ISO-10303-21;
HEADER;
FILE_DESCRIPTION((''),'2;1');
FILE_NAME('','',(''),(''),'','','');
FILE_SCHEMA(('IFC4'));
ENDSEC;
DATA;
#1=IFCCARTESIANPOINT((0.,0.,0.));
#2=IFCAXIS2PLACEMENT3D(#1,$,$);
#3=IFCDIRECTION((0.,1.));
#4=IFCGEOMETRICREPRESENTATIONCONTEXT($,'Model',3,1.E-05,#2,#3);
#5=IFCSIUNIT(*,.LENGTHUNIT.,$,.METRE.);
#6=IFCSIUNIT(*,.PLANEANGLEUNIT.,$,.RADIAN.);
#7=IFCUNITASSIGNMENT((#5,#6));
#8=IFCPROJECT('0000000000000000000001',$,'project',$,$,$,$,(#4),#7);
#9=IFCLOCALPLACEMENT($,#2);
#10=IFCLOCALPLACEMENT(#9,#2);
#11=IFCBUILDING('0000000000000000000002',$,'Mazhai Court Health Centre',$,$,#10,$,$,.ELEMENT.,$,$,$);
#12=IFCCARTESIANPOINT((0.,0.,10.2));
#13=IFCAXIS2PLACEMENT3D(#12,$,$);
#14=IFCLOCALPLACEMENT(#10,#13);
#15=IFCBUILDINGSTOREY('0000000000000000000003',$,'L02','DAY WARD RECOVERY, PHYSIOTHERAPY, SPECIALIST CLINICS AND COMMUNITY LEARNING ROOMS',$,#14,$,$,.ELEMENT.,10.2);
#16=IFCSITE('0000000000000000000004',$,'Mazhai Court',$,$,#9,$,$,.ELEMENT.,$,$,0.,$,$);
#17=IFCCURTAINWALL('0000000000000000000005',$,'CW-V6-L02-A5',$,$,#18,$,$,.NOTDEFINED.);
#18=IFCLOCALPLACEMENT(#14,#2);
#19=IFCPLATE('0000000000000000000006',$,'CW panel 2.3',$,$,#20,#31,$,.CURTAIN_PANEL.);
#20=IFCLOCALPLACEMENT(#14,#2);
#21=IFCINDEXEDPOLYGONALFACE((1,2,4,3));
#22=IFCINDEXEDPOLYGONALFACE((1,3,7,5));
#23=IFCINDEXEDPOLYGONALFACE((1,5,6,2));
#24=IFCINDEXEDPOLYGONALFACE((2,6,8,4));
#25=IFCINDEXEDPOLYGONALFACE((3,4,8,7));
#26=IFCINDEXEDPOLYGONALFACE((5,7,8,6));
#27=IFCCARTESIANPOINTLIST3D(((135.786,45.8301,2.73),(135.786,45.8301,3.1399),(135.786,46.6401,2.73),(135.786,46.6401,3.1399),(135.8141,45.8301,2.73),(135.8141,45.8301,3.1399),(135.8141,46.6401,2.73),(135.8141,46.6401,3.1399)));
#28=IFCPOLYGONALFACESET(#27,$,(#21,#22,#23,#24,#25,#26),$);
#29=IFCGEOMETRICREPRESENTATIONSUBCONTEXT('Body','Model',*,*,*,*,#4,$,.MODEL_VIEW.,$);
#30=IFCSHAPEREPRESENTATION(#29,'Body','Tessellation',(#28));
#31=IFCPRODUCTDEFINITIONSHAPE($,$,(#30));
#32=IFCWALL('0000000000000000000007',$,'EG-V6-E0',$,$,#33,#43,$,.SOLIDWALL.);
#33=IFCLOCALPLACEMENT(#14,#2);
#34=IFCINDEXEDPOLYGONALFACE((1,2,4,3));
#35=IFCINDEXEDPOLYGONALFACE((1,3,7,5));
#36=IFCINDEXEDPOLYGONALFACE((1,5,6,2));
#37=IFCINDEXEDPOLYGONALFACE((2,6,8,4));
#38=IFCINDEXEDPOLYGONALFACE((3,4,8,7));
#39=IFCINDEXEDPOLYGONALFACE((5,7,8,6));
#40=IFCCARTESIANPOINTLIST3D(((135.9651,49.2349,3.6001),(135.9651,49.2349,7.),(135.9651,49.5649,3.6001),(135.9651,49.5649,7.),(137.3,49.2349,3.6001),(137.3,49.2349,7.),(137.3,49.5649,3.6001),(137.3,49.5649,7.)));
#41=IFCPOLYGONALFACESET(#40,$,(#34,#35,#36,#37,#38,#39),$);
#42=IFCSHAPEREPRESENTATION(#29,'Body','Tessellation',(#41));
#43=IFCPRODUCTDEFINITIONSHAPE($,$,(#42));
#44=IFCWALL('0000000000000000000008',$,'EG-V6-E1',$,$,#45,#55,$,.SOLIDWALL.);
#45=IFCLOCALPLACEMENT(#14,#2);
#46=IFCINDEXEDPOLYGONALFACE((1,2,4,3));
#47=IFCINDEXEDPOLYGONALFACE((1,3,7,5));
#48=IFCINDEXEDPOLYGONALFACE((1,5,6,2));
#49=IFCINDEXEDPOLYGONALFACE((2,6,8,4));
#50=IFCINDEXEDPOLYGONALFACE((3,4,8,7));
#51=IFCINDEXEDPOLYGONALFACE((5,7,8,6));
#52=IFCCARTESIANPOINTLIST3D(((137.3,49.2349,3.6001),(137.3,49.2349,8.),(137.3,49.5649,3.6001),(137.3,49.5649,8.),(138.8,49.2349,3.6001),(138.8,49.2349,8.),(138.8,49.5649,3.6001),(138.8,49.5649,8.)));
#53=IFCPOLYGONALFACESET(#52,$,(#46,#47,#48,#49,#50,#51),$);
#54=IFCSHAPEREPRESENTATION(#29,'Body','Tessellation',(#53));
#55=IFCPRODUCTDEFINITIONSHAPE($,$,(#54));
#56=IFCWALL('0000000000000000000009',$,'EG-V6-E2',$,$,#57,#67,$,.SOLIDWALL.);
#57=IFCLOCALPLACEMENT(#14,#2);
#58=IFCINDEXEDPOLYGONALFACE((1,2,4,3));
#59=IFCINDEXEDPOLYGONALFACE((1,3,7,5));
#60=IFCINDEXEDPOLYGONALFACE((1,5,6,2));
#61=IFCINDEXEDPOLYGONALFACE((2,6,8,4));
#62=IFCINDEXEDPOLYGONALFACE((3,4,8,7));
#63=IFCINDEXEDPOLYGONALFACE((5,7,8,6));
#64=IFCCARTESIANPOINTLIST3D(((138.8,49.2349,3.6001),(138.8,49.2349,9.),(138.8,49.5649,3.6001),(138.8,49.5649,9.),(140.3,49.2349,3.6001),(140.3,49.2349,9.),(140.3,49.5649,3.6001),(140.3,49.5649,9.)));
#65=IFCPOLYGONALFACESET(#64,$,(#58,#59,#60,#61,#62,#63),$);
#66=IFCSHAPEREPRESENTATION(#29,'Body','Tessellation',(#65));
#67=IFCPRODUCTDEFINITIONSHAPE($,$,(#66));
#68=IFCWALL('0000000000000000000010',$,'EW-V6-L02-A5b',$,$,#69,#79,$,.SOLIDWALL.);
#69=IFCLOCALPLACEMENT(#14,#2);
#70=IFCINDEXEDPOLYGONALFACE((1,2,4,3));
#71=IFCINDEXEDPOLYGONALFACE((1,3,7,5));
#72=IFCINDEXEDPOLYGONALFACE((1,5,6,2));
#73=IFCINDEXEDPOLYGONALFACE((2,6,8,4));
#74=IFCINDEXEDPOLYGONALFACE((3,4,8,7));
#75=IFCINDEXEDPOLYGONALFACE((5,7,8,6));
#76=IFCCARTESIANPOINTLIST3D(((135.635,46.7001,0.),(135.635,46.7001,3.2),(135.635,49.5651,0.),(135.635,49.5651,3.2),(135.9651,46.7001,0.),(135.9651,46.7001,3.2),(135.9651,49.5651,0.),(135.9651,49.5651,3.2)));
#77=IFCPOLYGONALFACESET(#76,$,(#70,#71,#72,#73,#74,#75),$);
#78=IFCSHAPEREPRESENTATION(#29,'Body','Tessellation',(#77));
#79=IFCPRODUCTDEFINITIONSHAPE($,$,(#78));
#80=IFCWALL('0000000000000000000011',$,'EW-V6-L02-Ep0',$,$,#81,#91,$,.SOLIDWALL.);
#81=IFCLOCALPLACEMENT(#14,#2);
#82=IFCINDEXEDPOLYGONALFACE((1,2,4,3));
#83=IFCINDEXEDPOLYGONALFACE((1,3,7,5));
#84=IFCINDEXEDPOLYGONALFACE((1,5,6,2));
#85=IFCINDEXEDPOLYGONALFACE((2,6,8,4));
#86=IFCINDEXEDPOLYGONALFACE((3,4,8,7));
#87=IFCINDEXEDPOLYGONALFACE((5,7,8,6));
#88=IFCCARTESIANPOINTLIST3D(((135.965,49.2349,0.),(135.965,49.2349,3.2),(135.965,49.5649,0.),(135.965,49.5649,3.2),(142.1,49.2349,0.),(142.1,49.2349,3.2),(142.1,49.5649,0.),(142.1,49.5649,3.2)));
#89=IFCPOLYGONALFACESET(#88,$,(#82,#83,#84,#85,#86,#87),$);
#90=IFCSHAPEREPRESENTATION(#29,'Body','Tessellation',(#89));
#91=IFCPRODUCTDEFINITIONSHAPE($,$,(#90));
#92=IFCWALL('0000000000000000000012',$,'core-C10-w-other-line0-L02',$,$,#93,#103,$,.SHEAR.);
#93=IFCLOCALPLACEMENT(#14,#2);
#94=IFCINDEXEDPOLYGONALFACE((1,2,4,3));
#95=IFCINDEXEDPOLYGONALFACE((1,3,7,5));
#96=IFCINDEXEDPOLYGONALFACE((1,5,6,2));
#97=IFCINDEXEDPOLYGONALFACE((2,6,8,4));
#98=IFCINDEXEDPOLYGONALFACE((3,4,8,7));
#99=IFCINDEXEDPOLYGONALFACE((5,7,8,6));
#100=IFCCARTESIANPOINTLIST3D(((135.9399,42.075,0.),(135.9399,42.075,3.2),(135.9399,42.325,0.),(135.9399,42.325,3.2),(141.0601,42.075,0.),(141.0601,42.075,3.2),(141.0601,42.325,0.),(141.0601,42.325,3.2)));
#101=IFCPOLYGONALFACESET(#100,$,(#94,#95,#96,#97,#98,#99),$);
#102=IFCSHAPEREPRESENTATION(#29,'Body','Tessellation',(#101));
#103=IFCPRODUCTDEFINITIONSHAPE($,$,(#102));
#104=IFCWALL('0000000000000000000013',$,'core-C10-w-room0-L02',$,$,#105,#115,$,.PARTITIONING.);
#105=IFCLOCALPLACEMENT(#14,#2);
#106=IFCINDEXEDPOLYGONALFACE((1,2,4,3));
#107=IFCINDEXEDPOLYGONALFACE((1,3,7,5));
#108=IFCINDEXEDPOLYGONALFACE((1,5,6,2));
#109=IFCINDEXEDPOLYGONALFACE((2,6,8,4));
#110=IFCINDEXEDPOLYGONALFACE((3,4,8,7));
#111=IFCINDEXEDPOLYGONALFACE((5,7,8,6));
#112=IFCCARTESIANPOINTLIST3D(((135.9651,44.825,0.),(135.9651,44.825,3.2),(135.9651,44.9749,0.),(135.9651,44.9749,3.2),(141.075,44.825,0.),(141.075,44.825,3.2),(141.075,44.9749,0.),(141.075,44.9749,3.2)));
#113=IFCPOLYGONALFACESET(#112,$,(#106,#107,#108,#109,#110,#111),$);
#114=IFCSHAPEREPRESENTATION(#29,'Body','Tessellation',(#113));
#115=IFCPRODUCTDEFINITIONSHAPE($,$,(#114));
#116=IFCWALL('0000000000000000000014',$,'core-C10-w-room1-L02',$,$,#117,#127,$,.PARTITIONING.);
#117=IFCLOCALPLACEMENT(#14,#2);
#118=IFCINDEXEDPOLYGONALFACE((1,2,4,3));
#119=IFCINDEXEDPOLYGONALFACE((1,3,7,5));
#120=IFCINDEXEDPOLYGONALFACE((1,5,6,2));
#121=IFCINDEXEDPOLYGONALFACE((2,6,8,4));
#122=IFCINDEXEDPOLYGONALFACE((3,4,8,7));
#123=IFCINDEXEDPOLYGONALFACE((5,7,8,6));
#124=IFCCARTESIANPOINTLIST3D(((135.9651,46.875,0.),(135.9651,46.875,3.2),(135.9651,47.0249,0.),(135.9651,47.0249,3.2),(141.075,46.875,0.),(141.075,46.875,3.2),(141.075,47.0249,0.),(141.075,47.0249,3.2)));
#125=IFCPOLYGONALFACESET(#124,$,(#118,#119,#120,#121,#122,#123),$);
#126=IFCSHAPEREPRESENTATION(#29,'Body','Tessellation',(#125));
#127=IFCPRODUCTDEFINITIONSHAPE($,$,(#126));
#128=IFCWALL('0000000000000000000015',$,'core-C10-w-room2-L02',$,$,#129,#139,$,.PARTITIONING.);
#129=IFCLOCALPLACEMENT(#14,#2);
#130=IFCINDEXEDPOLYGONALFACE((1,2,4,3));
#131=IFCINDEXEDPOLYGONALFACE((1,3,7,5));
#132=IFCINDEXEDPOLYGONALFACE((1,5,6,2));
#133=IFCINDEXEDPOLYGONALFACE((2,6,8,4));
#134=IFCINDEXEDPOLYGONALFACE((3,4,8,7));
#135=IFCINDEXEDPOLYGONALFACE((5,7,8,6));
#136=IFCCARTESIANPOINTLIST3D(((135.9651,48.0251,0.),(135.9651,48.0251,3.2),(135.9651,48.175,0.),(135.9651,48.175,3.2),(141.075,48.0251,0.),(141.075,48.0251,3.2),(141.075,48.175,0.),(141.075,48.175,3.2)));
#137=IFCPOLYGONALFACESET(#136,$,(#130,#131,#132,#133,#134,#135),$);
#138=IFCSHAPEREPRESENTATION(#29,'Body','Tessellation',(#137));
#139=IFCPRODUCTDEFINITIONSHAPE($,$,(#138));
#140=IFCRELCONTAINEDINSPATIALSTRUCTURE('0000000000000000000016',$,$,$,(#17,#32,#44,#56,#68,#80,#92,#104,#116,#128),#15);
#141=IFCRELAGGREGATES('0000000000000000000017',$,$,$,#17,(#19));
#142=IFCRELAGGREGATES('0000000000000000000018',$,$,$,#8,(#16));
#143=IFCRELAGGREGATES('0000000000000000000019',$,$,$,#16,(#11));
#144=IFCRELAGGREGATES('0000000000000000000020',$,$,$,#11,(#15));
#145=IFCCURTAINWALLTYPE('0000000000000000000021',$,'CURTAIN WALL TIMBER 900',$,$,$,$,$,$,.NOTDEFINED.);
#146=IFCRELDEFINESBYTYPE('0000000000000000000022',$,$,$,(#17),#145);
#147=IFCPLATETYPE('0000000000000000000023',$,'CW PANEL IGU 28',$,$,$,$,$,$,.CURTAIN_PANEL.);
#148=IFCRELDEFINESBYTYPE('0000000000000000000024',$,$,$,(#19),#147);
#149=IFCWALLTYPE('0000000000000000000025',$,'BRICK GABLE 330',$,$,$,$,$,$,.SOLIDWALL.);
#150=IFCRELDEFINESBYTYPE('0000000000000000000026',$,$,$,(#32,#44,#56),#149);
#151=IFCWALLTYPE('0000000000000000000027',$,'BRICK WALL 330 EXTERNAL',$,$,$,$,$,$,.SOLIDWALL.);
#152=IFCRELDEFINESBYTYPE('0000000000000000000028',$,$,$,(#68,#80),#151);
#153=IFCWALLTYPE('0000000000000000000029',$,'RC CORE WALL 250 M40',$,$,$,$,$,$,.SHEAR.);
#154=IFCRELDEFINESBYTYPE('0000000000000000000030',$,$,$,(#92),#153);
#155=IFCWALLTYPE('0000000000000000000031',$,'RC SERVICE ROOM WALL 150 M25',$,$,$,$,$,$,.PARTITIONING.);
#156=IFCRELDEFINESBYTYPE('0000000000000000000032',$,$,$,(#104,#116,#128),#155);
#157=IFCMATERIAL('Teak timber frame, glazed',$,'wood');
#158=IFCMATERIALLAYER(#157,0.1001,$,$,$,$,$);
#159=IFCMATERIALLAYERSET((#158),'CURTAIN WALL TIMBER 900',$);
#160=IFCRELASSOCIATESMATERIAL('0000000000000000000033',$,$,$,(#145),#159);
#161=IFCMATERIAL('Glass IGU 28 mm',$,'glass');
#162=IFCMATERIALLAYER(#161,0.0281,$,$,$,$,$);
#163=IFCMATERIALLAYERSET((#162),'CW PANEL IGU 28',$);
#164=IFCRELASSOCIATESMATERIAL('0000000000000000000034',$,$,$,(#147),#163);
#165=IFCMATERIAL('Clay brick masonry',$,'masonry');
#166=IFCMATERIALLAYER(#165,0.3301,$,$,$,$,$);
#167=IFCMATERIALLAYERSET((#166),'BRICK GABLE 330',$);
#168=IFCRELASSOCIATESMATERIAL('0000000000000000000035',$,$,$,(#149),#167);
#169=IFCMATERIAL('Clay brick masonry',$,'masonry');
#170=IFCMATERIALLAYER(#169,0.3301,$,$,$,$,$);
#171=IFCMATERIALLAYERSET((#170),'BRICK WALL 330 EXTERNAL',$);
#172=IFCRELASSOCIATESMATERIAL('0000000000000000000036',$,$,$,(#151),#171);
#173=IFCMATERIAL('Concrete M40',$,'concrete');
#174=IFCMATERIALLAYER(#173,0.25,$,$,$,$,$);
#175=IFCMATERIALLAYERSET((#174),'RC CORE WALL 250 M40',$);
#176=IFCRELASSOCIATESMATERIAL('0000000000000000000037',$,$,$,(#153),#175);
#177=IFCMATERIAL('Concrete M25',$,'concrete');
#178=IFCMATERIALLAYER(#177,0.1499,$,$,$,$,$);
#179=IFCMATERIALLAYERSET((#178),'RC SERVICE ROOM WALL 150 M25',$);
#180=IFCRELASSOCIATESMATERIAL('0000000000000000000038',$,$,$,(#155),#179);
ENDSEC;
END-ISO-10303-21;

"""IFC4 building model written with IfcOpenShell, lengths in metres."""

from ifc_helpers import new_model, si_unit, direction, frame, frame_2d, origin, origin_2d, place, context, subcontext, project, spatial, rectangle, extrude, material, layer, layer_set, type_object, element, aggregate, save


model = new_model("IFC4")

# Units and contexts
model_context = context("Model", 3, precision=1e-05, world=origin(), true_north=direction((0.0, 1.0)))
body_context = subcontext(model_context, "Body", "Model", "MODEL_VIEW")
ifc_project = project(units=[si_unit("LENGTHUNIT", "METRE"), si_unit("PLANEANGLEUNIT", "RADIAN")], contexts=[model_context])

# Site, building, storey
site_placement = place(None, origin())
site = spatial("IfcSite", under=ifc_project, at=site_placement, Name="Mazhai Court", CompositionType="ELEMENT", RefElevation=0.0)
building_placement = place(site_placement, origin())
building = spatial("IfcBuilding", under=site, at=building_placement, Name="Mazhai Court Health Centre", CompositionType="ELEMENT")
storey_placement = place(building_placement, frame((0.0, 0.0, 10.2)))
storey = spatial("IfcBuildingStorey", under=building, at=storey_placement, Name="L02", Description="DAY WARD RECOVERY, PHYSIOTHERAPY, SPECIALIST CLINICS AND COMMUNITY LEARNING ROOMS", CompositionType="ELEMENT", Elevation=10.2)

# Curtain wall, plate
ifc_material_1 = material(Name="Teak timber frame, glazed", Category="wood")
ifc_layer_1 = layer(ifc_material_1, 0.1001)
ifc_layer_set_1 = layer_set([ifc_layer_1], Name="CURTAIN WALL TIMBER 900")
curtain_wall_type = type_object("IfcCurtainWallType", Name="CURTAIN WALL TIMBER 900", PredefinedType="NOTDEFINED", material=ifc_layer_set_1)
curtain_wall_placement = place(storey_placement, origin())
curtain_wall = element("IfcCurtainWall", 1, at=curtain_wall_placement, inside=storey, type_object=curtain_wall_type, Name="CW-V6-L02-A5", PredefinedType="NOTDEFINED")
ifc_material_2 = material(Name="Glass IGU 28 mm", Category="glass")
ifc_layer_2 = layer(ifc_material_2, 0.0281)
ifc_layer_set_2 = layer_set([ifc_layer_2], Name="CW PANEL IGU 28")
plate_type = type_object("IfcPlateType", Name="CW PANEL IGU 28", PredefinedType="CURTAIN_PANEL", material=ifc_layer_set_2)
plate_1_placement = place(storey_placement, frame((135.8, 46.2351, 2.73), z_axis=(0.0, 0.0, 1.0), x_axis=(0.0, 1.0, 0.0)))
plate_1 = element("IfcPlate", 2, at=plate_1_placement, type_object=plate_type, Name="CW panel 2.3", PredefinedType="CURTAIN_PANEL", context=body_context, shape_type="SweptSolid", body=[
    extrude(rectangle(XDim=0.8101, YDim=0.0281, at=origin_2d()), origin(), (0.0, 0.0, 1.0), 0.4099),
])
aggregate(curtain_wall, [plate_1])

# Walls
ifc_material_3 = material(Name="Clay brick masonry", Category="masonry")
ifc_layer_3 = layer(ifc_material_3, 0.3301)
ifc_layer_set_3 = layer_set([ifc_layer_3], Name="BRICK GABLE 330")
wall_type_1 = type_object("IfcWallType", Name="BRICK GABLE 330", PredefinedType="SOLIDWALL", material=ifc_layer_set_3)
wall_1_placement = place(storey_placement, frame((135.9651, 49.3999, 3.6001), z_axis=(0.0, 0.0, 1.0), x_axis=(1.0, 0.0, 0.0)))
element("IfcWall", 3, at=wall_1_placement, inside=storey, type_object=wall_type_1, Name="EG-V6-E0", PredefinedType="SOLIDWALL", context=body_context, shape_type="SweptSolid", body=[
    extrude(rectangle(XDim=1.335, YDim=0.3301, at=frame_2d((0.6675, 0.0))), origin(), (0.0, 0.0, 1.0), 3.3999),
])
wall_2_placement = place(storey_placement, frame((137.3, 49.3999, 3.6001), z_axis=(0.0, 0.0, 1.0), x_axis=(1.0, 0.0, 0.0)))
element("IfcWall", 4, at=wall_2_placement, inside=storey, type_object=wall_type_1, Name="EG-V6-E1", PredefinedType="SOLIDWALL", context=body_context, shape_type="SweptSolid", body=[
    extrude(rectangle(XDim=1.5, YDim=0.3301, at=frame_2d((0.75, 0.0))), origin(), (0.0, 0.0, 1.0), 4.3999),
])
wall_3_placement = place(storey_placement, frame((138.8, 49.3999, 3.6001), z_axis=(0.0, 0.0, 1.0), x_axis=(1.0, 0.0, 0.0)))
element("IfcWall", 5, at=wall_3_placement, inside=storey, type_object=wall_type_1, Name="EG-V6-E2", PredefinedType="SOLIDWALL", context=body_context, shape_type="SweptSolid", body=[
    extrude(rectangle(XDim=1.5, YDim=0.3301, at=frame_2d((0.75, 0.0))), origin(), (0.0, 0.0, 1.0), 5.3999),
])
ifc_material_4 = material(Name="Clay brick masonry", Category="masonry")
ifc_layer_4 = layer(ifc_material_4, 0.3301)
ifc_layer_set_4 = layer_set([ifc_layer_4], Name="BRICK WALL 330 EXTERNAL")
wall_type_2 = type_object("IfcWallType", Name="BRICK WALL 330 EXTERNAL", PredefinedType="SOLIDWALL", material=ifc_layer_set_4)
wall_4_placement = place(storey_placement, frame((135.8, 46.7, 0.0), z_axis=(0.0, 0.0, 1.0), x_axis=(0.0, 1.0, 0.0)))
element("IfcWall", 6, at=wall_4_placement, inside=storey, type_object=wall_type_2, Name="EW-V6-L02-A5b", PredefinedType="SOLIDWALL", context=body_context, shape_type="SweptSolid", body=[
    extrude(rectangle(XDim=2.865, YDim=0.3301, at=frame_2d((1.4326, 0.0))), origin(), (0.0, 0.0, 1.0), 3.2),
])
wall_5_placement = place(storey_placement, frame((135.9651, 49.3999, 0.0), z_axis=(0.0, 0.0, 1.0), x_axis=(1.0, 0.0, 0.0)))
element("IfcWall", 7, at=wall_5_placement, inside=storey, type_object=wall_type_2, Name="EW-V6-L02-Ep0", PredefinedType="SOLIDWALL", context=body_context, shape_type="SweptSolid", body=[
    extrude(rectangle(XDim=6.135, YDim=0.3301, at=frame_2d((3.0674, 0.0))), origin(), (0.0, 0.0, 1.0), 3.2),
])
ifc_material_5 = material(Name="Concrete M40", Category="concrete")
ifc_layer_5 = layer(ifc_material_5, 0.25)
ifc_layer_set_5 = layer_set([ifc_layer_5], Name="RC CORE WALL 250 M40")
wall_type_3 = type_object("IfcWallType", Name="RC CORE WALL 250 M40", PredefinedType="SHEAR", material=ifc_layer_set_5)
wall_6_placement = place(storey_placement, frame((135.9399, 42.2, 0.0), z_axis=(0.0, 0.0, 1.0), x_axis=(1.0, 0.0, 0.0)))
element("IfcWall", 8, at=wall_6_placement, inside=storey, type_object=wall_type_3, Name="core-C10-w-other-line0-L02", PredefinedType="SHEAR", context=body_context, shape_type="SweptSolid", body=[
    extrude(rectangle(XDim=5.1201, YDim=0.25, at=frame_2d((2.5601, 0.0))), origin(), (0.0, 0.0, 1.0), 3.2),
])
ifc_material_6 = material(Name="Concrete M25", Category="concrete")
ifc_layer_6 = layer(ifc_material_6, 0.1499)
ifc_layer_set_6 = layer_set([ifc_layer_6], Name="RC SERVICE ROOM WALL 150 M25")
wall_type_4 = type_object("IfcWallType", Name="RC SERVICE ROOM WALL 150 M25", PredefinedType="PARTITIONING", material=ifc_layer_set_6)
for number, where, z_axis, x_axis, name in (
    (9, (135.9651, 44.8999, 0.0), (0.0, 0.0, 1.0), (1.0, 0.0, 0.0), "core-C10-w-room0-L02"),
    (10, (135.9651, 46.95, 0.0), (0.0, 0.0, 1.0), (1.0, 0.0, 0.0), "core-C10-w-room1-L02"),
    (11, (135.9651, 48.1001, 0.0), (0.0, 0.0, 1.0), (1.0, 0.0, 0.0), "core-C10-w-room2-L02"),
):
    element("IfcWall", number, at=place(storey_placement, frame(where, z_axis=z_axis, x_axis=x_axis)), inside=storey, type_object=wall_type_4, Name=name, PredefinedType="PARTITIONING", context=body_context, shape_type="SweptSolid", body=[
        extrude(rectangle(XDim=5.1099, YDim=0.1499, at=frame_2d((2.5549, 0.0))), origin(), (0.0, 0.0, 1.0), 3.2),
    ])

save(model, "model.ifc")
